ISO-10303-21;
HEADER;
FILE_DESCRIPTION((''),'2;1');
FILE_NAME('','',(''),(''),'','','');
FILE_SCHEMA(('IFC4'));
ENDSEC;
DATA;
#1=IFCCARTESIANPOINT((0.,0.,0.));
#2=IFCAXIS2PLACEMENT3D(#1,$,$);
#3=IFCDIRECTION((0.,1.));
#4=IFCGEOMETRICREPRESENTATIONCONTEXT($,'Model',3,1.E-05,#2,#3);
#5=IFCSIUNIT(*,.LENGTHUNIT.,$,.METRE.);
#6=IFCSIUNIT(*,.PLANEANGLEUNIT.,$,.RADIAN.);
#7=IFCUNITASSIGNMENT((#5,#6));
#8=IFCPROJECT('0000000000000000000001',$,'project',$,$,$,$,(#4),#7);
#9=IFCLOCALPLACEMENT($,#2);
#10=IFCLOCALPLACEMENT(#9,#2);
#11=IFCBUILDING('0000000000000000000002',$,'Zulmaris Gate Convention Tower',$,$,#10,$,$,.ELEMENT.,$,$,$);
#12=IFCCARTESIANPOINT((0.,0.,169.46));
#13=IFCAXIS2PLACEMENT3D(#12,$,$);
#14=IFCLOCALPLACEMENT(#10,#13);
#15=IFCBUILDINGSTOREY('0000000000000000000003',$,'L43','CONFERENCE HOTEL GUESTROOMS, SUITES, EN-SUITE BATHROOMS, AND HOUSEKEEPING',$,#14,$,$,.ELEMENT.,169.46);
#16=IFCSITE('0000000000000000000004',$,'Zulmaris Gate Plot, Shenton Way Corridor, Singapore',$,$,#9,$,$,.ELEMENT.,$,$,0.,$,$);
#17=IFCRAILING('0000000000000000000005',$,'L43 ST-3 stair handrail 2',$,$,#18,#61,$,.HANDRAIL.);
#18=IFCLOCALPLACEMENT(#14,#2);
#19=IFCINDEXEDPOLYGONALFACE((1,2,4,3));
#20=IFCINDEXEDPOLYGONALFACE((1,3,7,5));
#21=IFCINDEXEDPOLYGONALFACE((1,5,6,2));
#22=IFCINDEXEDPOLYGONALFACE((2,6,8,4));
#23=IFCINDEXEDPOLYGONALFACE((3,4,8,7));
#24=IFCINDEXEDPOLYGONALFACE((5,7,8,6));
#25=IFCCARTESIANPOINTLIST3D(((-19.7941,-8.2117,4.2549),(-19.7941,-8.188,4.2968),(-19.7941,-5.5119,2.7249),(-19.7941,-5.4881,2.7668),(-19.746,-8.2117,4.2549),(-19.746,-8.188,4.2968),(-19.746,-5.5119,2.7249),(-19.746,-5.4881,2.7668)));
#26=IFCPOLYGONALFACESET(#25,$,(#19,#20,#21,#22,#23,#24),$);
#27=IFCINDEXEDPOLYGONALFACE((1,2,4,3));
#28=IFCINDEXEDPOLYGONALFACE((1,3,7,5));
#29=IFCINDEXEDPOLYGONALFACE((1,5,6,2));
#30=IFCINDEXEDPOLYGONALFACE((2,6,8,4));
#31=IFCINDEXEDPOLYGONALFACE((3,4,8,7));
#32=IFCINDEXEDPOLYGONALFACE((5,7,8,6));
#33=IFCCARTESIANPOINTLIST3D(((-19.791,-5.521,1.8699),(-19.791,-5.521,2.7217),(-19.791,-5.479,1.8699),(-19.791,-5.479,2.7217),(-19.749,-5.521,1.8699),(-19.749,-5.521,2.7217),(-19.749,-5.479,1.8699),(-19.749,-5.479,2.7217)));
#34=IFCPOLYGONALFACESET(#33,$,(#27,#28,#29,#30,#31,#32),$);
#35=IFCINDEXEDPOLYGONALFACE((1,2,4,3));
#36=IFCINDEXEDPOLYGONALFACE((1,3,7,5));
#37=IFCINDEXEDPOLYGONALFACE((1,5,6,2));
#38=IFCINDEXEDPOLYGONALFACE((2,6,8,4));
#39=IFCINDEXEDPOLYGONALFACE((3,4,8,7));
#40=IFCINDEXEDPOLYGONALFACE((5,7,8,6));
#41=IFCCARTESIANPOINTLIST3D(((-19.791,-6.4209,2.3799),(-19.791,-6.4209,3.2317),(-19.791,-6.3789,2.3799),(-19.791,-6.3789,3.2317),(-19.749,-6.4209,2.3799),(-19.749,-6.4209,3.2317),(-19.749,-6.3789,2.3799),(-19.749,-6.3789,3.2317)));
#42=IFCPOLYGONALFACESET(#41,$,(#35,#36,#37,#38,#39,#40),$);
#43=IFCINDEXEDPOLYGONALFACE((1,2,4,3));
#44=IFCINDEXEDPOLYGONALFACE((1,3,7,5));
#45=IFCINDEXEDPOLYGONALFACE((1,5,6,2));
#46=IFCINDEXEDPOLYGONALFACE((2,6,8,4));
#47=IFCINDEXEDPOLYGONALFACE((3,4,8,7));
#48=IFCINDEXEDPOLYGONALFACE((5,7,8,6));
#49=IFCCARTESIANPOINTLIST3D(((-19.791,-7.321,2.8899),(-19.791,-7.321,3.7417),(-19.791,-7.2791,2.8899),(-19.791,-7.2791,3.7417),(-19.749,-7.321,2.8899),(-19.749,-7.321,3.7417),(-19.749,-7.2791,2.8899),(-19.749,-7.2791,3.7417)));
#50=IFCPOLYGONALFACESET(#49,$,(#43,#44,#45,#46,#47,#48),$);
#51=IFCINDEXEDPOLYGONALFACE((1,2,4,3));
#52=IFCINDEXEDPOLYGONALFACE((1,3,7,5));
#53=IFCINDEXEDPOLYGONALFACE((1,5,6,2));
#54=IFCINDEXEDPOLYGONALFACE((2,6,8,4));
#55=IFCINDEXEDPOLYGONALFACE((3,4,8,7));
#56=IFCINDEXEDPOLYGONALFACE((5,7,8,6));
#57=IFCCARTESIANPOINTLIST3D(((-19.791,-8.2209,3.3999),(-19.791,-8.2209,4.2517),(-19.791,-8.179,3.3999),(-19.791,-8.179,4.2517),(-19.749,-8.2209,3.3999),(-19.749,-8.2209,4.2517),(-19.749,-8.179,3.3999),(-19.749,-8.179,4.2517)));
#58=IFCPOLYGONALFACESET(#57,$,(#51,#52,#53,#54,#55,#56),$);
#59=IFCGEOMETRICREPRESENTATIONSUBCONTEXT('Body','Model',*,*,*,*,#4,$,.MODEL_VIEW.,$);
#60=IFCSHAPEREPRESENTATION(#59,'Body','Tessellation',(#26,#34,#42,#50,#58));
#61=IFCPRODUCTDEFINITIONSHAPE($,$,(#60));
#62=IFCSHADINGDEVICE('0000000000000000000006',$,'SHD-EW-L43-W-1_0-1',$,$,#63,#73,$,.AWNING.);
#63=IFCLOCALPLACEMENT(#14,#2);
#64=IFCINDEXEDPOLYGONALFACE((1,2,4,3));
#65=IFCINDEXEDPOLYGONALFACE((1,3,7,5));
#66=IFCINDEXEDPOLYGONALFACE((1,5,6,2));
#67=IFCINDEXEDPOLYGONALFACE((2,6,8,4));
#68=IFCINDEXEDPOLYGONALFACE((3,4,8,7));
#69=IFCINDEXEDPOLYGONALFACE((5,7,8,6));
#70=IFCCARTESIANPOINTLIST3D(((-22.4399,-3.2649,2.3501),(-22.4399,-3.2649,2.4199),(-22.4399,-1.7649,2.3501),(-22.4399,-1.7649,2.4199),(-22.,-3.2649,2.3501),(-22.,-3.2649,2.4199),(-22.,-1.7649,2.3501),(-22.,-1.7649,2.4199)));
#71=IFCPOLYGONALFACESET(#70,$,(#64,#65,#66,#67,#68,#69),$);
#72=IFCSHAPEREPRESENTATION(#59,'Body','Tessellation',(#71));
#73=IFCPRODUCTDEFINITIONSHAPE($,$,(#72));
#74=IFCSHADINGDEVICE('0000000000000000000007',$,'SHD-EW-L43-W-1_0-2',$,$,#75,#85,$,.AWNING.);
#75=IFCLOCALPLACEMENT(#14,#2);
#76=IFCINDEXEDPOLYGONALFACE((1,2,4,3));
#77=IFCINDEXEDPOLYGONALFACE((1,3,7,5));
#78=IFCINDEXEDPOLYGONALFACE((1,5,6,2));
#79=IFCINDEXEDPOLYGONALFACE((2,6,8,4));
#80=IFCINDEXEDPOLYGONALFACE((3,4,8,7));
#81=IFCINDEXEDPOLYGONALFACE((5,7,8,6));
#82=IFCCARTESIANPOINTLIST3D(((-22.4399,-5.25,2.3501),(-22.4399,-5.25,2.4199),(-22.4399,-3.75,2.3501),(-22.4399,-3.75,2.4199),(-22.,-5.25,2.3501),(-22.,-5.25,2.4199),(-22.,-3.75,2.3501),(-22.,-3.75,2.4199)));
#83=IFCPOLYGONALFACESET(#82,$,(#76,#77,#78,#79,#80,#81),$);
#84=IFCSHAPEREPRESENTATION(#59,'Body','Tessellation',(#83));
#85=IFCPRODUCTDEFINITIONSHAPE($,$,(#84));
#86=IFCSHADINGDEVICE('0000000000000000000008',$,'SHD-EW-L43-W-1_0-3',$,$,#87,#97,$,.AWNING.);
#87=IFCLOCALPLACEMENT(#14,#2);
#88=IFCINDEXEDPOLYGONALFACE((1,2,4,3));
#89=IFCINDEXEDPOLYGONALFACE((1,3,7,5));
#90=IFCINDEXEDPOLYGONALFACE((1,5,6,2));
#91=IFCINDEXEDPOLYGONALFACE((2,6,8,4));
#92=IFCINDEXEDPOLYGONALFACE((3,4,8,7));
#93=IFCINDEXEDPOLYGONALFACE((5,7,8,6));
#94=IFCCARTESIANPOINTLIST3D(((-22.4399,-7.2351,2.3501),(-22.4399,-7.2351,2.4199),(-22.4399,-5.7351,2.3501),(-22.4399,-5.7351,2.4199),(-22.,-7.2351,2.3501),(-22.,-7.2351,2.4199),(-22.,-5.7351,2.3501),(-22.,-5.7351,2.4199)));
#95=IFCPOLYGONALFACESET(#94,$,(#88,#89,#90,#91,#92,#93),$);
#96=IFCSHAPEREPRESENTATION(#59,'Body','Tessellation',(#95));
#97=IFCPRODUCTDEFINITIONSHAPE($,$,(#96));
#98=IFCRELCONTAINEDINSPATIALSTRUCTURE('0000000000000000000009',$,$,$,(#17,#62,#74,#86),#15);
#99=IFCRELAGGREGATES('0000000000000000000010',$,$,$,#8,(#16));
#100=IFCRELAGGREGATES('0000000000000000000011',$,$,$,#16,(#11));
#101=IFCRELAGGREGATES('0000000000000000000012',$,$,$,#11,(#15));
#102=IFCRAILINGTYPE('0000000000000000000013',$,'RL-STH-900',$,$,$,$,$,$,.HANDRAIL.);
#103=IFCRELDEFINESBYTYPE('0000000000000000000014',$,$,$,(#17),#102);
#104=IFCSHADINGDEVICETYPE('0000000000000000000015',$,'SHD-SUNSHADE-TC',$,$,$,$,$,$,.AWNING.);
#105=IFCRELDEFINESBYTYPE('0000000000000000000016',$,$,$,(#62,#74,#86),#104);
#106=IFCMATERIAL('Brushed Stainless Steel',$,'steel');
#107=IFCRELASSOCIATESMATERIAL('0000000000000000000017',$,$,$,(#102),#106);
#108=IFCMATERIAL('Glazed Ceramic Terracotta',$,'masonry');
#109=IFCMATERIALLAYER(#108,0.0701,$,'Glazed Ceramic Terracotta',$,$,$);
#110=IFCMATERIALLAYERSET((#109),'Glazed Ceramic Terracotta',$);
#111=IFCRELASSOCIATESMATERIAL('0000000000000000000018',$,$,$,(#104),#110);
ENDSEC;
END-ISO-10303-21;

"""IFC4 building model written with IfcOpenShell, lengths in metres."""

from ifc_helpers import new_model, si_unit, direction, frame, frame_2d, origin, origin_2d, place, context, subcontext, project, spatial, rectangle, extrude, material, layer, layer_set, type_object, element, save


model = new_model("IFC4")

# Units and contexts
model_context = context("Model", 3, precision=1e-05, world=origin(), true_north=direction((0.0, 1.0)))
body_context = subcontext(model_context, "Body", "Model", "MODEL_VIEW")
ifc_project = project(units=[si_unit("LENGTHUNIT", "METRE"), si_unit("PLANEANGLEUNIT", "RADIAN")], contexts=[model_context])

# Site, building, storey
site_placement = place(None, origin())
site = spatial("IfcSite", under=ifc_project, at=site_placement, Name="Zulmaris Gate Plot, Shenton Way Corridor, Singapore", CompositionType="ELEMENT", RefElevation=0.0)
building_placement = place(site_placement, origin())
building = spatial("IfcBuilding", under=site, at=building_placement, Name="Zulmaris Gate Convention Tower", CompositionType="ELEMENT")
storey_placement = place(building_placement, frame((0.0, 0.0, 169.46)))
storey = spatial("IfcBuildingStorey", under=building, at=storey_placement, Name="L43", Description="CONFERENCE HOTEL GUESTROOMS, SUITES, EN-SUITE BATHROOMS, AND HOUSEKEEPING", CompositionType="ELEMENT", Elevation=169.46)

# Shared definitions
ifc_material_1 = material(Name="Brushed Stainless Steel", Category="steel")

# Railing
railing_type_1 = type_object("IfcRailingType", Name="RL-STH-900", PredefinedType="HANDRAIL", material=ifc_material_1)
railing_1_placement = place(storey_placement, frame((-19.77, -5.5, 1.8699)))
element("IfcRailing", 1, at=railing_1_placement, inside=storey, type_object=railing_type_1, Name="L43 ST-3 stair handrail 2", PredefinedType="HANDRAIL", context=body_context, shape_type="SweptSolid", body=[
    extrude(rectangle(XDim=0.0481, YDim=0.0481, at=origin_2d()), frame((0.0, 0.0, 0.876), z_axis=(0.0, -0.870014, 0.493026), x_axis=(1.0, 0.0, 0.0)), (0.0, 0.0, 1.0), 3.1033),
    extrude(rectangle(XDim=0.042, YDim=0.042, at=origin_2d()), origin(), (0.0, 0.0, 1.0), 0.8518),
    extrude(rectangle(XDim=0.042, YDim=0.042, at=origin_2d()), frame((0.0, -0.8999, 0.51)), (0.0, 0.0, 1.0), 0.8518),
    extrude(rectangle(XDim=0.042, YDim=0.042, at=origin_2d()), frame((0.0, -1.8, 1.02)), (0.0, 0.0, 1.0), 0.8518),
    extrude(rectangle(XDim=0.042, YDim=0.042, at=origin_2d()), frame((0.0, -2.7, 1.53)), (0.0, 0.0, 1.0), 0.8518),
])

# Shading devices
ifc_material_2 = material(Name="Glazed Ceramic Terracotta", Category="masonry")
ifc_layer_1 = layer(ifc_material_2, 0.0701, Name="Glazed Ceramic Terracotta")
ifc_layer_set_1 = layer_set([ifc_layer_1], Name="Glazed Ceramic Terracotta")
shading_device_type = type_object("IfcShadingDeviceType", Name="SHD-SUNSHADE-TC", PredefinedType="AWNING", material=ifc_layer_set_1)
for number, where, z_axis, x_axis, name in (
    (2, (-22.22, -1.7649, 2.3501), (0.0, 0.0, 1.0), (0.0, -1.0, 0.0), "SHD-EW-L43-W-1_0-1"),
    (3, (-22.22, -3.75, 2.3501), (0.0, 0.0, 1.0), (0.0, -1.0, 0.0), "SHD-EW-L43-W-1_0-2"),
    (4, (-22.22, -5.7351, 2.3501), (0.0, 0.0, 1.0), (0.0, -1.0, 0.0), "SHD-EW-L43-W-1_0-3"),
):
    element("IfcShadingDevice", number, at=place(storey_placement, frame(where, z_axis=z_axis, x_axis=x_axis)), inside=storey, type_object=shading_device_type, Name=name, PredefinedType="AWNING", context=body_context, shape_type="SweptSolid", body=[
        extrude(rectangle(XDim=1.5, YDim=0.4399, at=frame_2d((0.75, 0.0))), origin(), (0.0, 0.0, 1.0), 0.0698),
    ])

save(model, "model.ifc")
